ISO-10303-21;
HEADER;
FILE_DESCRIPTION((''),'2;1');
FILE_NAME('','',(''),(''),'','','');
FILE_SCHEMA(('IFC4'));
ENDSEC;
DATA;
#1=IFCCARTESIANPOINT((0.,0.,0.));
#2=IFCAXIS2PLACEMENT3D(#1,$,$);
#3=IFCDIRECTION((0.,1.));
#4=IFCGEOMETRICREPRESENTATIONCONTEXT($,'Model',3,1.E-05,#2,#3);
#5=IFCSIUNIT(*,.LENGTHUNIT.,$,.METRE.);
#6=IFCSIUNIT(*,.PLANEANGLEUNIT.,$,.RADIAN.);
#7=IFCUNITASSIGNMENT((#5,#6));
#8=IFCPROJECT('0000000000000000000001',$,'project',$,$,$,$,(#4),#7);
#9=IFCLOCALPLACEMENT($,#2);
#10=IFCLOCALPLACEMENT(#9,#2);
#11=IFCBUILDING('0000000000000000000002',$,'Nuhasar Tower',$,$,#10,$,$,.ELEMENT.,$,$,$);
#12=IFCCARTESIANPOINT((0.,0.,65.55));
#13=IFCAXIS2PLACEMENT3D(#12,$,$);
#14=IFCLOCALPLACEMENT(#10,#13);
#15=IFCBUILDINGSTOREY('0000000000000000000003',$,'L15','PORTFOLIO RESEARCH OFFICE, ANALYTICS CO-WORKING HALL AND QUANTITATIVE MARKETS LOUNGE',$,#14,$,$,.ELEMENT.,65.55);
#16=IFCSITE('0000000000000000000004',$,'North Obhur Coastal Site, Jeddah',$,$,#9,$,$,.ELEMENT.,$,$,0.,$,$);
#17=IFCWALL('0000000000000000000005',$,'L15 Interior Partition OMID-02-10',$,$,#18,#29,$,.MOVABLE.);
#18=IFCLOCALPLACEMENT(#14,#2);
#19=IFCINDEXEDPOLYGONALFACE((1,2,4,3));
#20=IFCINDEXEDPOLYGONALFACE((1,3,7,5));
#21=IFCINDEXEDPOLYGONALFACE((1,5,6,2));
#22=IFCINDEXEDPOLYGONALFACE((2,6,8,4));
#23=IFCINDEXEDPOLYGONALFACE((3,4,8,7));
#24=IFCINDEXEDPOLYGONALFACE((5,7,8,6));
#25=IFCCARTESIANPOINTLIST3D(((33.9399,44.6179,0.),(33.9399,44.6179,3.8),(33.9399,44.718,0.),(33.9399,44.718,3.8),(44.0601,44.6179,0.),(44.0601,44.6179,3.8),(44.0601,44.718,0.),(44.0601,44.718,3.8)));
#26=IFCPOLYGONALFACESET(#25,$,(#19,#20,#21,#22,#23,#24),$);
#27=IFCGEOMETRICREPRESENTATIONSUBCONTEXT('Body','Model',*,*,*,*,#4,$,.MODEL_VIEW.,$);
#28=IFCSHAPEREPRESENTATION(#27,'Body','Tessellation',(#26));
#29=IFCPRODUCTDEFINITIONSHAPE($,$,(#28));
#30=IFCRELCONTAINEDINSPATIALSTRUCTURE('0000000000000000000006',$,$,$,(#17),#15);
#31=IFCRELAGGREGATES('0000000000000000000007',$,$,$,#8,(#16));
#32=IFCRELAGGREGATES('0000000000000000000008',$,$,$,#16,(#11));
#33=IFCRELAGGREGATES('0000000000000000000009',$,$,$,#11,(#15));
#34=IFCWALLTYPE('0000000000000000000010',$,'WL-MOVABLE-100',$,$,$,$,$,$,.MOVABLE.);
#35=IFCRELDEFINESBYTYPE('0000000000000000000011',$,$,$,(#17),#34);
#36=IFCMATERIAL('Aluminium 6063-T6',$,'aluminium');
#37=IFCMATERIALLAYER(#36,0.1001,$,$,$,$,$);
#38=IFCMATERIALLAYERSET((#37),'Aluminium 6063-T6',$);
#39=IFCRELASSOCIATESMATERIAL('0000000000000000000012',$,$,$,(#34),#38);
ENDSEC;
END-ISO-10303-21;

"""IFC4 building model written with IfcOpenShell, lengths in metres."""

from ifc_helpers import new_model, si_unit, direction, frame, frame_2d, origin, place, context, subcontext, project, spatial, rectangle, extrude, material, layer, layer_set, type_object, element, save


model = new_model("IFC4")

# Units and contexts
model_context = context("Model", 3, precision=1e-05, world=origin(), true_north=direction((0.0, 1.0)))
body_context = subcontext(model_context, "Body", "Model", "MODEL_VIEW")
ifc_project = project(units=[si_unit("LENGTHUNIT", "METRE"), si_unit("PLANEANGLEUNIT", "RADIAN")], contexts=[model_context])

# Site, building, storey
site_placement = place(None, origin())
site = spatial("IfcSite", under=ifc_project, at=site_placement, Name="North Obhur Coastal Site, Jeddah", CompositionType="ELEMENT", RefElevation=0.0)
building_placement = place(site_placement, origin())
building = spatial("IfcBuilding", under=site, at=building_placement, Name="Nuhasar Tower", CompositionType="ELEMENT")
storey_placement = place(building_placement, frame((0.0, 0.0, 65.55)))
storey = spatial("IfcBuildingStorey", under=building, at=storey_placement, Name="L15", Description="PORTFOLIO RESEARCH OFFICE, ANALYTICS CO-WORKING HALL AND QUANTITATIVE MARKETS LOUNGE", CompositionType="ELEMENT", Elevation=65.55)

# Shared definitions
ifc_material_1 = material(Name="Aluminium 6063-T6", Category="aluminium")

# Shared definitions
ifc_layer_1 = layer(ifc_material_1, 0.1001)
ifc_layer_set_1 = layer_set([ifc_layer_1], Name="Aluminium 6063-T6")
wall_type_1 = type_object("IfcWallType", Name="WL-MOVABLE-100", PredefinedType="MOVABLE", material=ifc_layer_set_1)

# Wall
wall_1_placement = place(storey_placement, frame((44.0601, 44.668, 0.0), z_axis=(0.0, 0.0, 1.0), x_axis=(-1.0, 0.0, 0.0)))
element("IfcWall", 1, at=wall_1_placement, inside=storey, type_object=wall_type_1, Name="L15 Interior Partition OMID-02-10", PredefinedType="MOVABLE", context=body_context, shape_type="SweptSolid", body=[
    extrude(rectangle(XDim=10.1201, YDim=0.1001, at=frame_2d((5.0601, 0.0))), origin(), (0.0, 0.0, 1.0), 3.8),
])

save(model, "model.ifc")
